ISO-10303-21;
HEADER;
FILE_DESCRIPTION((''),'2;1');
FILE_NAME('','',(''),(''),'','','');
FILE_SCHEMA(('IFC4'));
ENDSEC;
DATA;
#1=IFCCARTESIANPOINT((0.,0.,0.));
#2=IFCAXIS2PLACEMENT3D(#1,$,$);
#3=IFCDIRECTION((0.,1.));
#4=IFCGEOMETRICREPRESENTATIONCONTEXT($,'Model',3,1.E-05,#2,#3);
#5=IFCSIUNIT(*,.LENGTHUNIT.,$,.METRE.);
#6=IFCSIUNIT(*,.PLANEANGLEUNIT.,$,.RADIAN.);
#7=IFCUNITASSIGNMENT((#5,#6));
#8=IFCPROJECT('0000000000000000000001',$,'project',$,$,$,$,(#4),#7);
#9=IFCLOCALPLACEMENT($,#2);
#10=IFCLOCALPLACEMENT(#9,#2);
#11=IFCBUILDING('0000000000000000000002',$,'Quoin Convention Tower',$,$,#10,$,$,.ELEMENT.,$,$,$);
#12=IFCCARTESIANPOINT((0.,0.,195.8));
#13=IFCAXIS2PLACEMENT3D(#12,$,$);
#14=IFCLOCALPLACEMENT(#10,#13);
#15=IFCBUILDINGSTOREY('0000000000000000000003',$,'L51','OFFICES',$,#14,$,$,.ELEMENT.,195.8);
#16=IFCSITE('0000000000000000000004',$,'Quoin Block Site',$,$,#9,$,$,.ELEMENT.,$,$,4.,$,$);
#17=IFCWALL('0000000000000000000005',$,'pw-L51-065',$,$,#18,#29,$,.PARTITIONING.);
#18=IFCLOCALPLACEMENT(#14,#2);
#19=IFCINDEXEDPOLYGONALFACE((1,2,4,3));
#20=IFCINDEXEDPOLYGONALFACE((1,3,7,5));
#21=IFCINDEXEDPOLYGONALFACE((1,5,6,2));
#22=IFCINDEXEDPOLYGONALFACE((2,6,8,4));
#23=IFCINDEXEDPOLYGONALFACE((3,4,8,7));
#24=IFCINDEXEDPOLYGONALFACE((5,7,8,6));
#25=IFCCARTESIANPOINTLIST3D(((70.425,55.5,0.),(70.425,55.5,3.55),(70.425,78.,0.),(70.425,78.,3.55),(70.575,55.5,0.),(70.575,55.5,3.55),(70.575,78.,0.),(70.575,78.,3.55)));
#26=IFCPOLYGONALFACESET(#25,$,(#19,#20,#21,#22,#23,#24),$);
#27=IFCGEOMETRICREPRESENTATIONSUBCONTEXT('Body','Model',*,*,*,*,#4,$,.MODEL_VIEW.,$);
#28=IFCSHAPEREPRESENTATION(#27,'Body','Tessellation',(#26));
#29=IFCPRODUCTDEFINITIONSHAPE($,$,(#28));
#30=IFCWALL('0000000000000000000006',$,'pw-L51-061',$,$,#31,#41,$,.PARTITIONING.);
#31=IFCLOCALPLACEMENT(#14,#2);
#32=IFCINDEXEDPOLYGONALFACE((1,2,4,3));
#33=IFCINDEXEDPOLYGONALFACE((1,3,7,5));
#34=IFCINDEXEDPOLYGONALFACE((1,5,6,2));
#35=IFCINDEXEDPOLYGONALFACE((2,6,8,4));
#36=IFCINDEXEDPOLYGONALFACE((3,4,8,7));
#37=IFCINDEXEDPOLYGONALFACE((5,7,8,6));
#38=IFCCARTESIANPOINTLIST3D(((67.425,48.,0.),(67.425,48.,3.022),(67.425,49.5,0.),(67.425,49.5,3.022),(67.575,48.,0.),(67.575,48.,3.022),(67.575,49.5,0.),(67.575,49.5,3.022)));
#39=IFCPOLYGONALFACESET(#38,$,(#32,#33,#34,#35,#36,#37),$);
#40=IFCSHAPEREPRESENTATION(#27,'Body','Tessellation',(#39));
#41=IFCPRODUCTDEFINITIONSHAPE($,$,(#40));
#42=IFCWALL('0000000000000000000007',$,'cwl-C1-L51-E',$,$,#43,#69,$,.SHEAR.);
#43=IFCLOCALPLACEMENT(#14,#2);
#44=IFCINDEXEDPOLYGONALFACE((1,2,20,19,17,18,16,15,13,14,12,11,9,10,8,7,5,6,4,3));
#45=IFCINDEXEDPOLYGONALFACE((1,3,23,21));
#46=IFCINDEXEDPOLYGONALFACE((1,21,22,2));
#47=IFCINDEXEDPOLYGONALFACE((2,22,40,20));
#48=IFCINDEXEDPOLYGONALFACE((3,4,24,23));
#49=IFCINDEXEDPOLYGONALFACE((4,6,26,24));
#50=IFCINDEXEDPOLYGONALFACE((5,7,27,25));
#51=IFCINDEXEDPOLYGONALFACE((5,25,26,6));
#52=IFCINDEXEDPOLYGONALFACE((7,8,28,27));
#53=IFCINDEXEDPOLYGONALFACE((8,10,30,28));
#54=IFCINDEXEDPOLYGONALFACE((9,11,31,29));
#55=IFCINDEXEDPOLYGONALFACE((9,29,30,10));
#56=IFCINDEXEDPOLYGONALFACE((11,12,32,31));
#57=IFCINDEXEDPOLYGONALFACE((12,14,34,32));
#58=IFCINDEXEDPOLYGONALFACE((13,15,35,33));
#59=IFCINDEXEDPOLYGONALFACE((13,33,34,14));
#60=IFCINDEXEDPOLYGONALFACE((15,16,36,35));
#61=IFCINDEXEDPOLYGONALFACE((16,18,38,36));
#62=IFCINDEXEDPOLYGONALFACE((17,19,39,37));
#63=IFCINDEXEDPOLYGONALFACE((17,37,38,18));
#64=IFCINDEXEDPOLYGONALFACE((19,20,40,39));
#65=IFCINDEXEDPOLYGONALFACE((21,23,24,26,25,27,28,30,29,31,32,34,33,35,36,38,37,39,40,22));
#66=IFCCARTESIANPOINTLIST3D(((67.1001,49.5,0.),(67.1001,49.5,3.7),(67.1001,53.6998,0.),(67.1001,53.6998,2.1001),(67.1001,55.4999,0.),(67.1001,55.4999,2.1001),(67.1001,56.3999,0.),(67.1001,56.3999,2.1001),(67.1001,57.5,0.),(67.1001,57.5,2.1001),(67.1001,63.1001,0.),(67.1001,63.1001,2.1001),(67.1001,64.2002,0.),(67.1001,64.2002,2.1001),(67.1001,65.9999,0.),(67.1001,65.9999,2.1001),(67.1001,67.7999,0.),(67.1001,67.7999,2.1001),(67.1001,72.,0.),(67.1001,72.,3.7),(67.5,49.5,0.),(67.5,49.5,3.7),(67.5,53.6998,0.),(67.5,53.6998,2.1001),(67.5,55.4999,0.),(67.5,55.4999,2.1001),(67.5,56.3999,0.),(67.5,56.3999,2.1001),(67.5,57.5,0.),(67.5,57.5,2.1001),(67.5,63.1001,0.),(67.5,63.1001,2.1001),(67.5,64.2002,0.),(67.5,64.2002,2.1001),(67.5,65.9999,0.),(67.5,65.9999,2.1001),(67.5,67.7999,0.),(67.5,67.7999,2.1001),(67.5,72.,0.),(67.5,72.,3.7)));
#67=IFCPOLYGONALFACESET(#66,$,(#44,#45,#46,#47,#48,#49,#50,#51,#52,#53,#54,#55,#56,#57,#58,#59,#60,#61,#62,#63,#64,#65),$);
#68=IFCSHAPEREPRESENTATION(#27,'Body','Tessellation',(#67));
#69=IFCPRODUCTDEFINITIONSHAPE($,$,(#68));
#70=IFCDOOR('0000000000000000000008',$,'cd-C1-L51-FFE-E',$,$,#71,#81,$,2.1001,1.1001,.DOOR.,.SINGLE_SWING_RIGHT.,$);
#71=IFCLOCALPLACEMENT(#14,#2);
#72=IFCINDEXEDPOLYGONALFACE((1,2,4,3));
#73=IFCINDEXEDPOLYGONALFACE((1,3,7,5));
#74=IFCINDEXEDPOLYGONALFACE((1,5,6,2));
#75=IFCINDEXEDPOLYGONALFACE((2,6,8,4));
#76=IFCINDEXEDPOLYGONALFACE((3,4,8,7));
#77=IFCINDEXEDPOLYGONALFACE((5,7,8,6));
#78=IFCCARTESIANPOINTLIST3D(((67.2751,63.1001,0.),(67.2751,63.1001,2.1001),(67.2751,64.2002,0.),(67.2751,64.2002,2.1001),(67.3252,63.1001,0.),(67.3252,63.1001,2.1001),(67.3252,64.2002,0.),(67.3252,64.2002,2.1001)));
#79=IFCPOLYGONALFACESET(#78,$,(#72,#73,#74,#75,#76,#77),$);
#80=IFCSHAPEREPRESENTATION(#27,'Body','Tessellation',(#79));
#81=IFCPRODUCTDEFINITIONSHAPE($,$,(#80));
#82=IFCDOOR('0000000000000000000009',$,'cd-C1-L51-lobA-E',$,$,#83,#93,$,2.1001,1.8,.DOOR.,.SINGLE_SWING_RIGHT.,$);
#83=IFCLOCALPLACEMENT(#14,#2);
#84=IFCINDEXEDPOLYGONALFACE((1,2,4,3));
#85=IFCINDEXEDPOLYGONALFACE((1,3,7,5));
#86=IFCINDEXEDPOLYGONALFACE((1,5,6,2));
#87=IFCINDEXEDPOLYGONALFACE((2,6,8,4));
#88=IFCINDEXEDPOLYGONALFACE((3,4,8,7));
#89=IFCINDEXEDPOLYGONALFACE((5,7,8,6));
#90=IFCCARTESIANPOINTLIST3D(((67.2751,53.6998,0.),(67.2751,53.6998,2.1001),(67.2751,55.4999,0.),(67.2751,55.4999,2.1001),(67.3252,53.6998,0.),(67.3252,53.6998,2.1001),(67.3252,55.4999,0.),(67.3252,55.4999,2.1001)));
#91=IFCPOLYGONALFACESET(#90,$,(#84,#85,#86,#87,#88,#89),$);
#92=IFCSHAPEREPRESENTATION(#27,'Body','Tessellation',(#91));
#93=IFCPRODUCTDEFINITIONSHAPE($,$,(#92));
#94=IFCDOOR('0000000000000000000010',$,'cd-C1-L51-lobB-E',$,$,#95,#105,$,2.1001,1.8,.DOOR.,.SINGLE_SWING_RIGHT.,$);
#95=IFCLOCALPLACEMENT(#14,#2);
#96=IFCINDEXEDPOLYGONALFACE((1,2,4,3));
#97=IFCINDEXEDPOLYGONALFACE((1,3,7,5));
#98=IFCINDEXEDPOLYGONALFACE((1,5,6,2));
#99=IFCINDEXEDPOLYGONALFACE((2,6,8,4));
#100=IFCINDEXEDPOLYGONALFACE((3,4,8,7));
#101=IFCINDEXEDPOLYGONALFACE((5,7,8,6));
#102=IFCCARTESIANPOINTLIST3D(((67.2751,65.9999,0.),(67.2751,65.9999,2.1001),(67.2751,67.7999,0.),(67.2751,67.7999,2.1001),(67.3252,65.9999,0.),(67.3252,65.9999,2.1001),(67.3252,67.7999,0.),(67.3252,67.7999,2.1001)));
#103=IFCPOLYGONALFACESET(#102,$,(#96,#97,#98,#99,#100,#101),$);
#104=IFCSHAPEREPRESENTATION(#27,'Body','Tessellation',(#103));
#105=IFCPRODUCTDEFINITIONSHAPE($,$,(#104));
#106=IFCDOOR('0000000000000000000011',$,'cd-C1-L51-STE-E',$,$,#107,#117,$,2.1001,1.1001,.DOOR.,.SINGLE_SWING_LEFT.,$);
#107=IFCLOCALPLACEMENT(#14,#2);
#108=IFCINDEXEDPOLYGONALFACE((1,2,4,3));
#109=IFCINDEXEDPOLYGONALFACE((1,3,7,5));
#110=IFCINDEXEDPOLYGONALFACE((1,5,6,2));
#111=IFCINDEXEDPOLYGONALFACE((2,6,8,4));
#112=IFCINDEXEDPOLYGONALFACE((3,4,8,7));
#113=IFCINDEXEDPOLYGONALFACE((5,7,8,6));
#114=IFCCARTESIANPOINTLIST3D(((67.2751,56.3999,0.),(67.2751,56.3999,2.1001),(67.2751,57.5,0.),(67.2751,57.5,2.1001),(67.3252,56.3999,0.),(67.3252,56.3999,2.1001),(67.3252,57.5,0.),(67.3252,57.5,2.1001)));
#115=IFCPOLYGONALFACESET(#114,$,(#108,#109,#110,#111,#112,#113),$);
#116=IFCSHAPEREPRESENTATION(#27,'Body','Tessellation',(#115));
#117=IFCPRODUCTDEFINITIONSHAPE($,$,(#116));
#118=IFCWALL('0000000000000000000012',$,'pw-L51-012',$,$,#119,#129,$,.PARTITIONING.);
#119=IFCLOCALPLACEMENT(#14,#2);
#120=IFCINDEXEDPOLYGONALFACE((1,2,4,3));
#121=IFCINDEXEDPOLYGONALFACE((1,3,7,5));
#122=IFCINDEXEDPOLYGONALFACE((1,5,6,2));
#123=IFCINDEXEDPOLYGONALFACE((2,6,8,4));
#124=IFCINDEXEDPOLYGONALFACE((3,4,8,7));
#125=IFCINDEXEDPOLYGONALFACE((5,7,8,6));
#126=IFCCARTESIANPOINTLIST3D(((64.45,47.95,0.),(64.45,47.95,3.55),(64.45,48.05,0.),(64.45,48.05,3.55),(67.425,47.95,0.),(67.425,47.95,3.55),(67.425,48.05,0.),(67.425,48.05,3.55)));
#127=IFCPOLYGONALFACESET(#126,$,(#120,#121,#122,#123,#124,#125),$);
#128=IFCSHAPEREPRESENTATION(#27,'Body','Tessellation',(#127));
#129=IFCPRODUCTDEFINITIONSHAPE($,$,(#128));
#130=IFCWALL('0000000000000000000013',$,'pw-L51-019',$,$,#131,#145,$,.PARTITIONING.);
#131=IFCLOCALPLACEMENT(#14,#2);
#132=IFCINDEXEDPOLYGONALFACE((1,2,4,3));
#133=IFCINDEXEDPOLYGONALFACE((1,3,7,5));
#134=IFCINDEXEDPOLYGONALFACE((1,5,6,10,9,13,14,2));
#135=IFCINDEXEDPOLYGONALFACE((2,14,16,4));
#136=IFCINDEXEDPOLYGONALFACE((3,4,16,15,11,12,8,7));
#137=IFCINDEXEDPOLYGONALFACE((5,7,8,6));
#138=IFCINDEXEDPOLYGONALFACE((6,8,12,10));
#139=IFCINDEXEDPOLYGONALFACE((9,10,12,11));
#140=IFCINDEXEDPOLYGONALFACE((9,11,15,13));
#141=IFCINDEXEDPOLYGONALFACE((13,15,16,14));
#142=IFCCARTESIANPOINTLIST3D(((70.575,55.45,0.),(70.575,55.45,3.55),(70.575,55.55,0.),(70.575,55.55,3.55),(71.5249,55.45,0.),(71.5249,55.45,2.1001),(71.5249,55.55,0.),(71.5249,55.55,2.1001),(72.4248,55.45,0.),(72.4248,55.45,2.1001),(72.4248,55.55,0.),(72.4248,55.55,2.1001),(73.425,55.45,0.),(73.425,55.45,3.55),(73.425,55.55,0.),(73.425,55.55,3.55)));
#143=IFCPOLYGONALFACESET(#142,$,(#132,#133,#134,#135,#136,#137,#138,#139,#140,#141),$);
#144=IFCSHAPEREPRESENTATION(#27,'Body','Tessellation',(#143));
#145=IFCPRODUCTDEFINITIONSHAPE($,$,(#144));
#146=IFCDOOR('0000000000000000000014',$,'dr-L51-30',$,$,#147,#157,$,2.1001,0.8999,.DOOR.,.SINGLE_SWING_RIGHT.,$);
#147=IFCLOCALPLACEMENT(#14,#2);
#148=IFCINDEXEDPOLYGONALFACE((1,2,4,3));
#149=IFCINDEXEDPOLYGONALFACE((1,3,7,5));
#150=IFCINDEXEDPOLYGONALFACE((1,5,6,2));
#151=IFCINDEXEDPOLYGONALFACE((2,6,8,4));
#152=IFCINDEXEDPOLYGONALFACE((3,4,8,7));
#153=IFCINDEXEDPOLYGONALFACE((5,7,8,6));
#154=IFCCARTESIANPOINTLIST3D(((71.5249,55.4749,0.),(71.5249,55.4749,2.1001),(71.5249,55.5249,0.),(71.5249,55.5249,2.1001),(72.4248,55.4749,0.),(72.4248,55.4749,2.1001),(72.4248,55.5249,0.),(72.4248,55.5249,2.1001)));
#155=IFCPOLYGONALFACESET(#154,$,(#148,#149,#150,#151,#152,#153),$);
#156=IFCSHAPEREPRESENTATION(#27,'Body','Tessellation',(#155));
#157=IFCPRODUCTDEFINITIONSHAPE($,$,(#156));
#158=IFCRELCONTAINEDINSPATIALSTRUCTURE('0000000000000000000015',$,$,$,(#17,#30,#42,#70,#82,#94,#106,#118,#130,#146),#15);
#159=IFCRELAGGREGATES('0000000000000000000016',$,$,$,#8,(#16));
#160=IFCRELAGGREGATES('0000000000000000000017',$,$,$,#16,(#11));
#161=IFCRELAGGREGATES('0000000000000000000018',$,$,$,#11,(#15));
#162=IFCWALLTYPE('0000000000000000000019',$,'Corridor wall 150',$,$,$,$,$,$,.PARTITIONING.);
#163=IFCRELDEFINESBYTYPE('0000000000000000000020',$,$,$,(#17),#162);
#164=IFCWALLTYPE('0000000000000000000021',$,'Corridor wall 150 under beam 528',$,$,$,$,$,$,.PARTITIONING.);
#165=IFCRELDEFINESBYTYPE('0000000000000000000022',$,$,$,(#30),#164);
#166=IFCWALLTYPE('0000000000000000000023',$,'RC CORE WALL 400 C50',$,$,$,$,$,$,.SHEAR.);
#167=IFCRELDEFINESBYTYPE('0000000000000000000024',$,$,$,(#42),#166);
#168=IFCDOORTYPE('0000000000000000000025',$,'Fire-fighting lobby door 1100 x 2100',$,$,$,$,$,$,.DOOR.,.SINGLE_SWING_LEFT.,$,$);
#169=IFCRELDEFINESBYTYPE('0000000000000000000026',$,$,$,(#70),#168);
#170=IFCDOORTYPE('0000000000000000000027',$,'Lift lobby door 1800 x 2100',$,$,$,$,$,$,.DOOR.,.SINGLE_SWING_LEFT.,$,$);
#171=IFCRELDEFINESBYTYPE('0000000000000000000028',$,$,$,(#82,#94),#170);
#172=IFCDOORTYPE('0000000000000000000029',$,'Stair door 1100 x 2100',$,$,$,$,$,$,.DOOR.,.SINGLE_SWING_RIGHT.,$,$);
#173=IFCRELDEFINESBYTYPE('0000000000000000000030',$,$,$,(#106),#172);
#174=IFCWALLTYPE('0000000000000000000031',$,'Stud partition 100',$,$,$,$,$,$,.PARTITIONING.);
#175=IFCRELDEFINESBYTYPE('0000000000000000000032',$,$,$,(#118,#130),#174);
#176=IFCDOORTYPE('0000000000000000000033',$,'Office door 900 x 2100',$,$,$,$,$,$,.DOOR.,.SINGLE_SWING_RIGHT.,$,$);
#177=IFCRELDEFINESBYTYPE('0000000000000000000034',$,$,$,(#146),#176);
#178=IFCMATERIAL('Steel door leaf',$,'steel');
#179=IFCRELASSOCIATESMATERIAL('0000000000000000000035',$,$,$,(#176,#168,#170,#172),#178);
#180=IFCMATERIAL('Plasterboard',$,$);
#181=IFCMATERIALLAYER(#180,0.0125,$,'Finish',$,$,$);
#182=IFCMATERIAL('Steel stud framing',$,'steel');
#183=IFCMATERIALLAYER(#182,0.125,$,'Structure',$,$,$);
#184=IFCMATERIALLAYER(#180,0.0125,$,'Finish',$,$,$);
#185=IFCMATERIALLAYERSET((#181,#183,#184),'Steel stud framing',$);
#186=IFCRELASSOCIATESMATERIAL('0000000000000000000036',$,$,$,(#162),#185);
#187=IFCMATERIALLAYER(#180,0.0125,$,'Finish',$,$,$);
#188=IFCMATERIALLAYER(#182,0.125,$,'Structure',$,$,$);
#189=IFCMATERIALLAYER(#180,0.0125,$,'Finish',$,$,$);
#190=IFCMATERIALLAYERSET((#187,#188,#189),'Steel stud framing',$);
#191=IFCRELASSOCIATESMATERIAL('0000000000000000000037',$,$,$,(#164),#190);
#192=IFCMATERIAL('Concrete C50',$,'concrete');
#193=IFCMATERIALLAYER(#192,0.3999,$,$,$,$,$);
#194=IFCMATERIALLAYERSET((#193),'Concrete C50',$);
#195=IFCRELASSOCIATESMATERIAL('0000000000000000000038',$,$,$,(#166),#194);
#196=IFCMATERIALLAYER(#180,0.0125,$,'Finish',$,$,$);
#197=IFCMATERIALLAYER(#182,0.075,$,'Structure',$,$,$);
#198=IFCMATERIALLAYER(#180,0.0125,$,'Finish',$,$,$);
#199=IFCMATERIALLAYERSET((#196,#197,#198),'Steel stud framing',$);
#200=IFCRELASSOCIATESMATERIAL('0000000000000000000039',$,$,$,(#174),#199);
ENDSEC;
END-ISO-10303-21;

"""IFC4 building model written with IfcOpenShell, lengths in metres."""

from ifc_helpers import new_model, si_unit, direction, frame, frame_2d, origin, place, context, subcontext, project, spatial, rectangle, extrude, material, layer, layer_set, type_object, element, fill, save


model = new_model("IFC4")

# Units and contexts
model_context = context("Model", 3, precision=1e-05, world=origin(), true_north=direction((0.0, 1.0)))
body_context = subcontext(model_context, "Body", "Model", "MODEL_VIEW")
ifc_project = project(units=[si_unit("LENGTHUNIT", "METRE"), si_unit("PLANEANGLEUNIT", "RADIAN")], contexts=[model_context])

# Site, building, storey
site_placement = place(None, origin())
site = spatial("IfcSite", under=ifc_project, at=site_placement, Name="Quoin Block Site", CompositionType="ELEMENT", RefElevation=4.0)
building_placement = place(site_placement, origin())
building = spatial("IfcBuilding", under=site, at=building_placement, Name="Quoin Convention Tower", CompositionType="ELEMENT")
storey_placement = place(building_placement, frame((0.0, 0.0, 195.8)))
storey = spatial("IfcBuildingStorey", under=building, at=storey_placement, Name="L51", Description="OFFICES", CompositionType="ELEMENT", Elevation=195.8)

# Shared definitions
ifc_material_1 = material(Name="Concrete C50", Category="concrete")

# Shared definitions
ifc_material_2 = material(Name="Plasterboard")
ifc_material_3 = material(Name="Steel stud framing", Category="steel")
ifc_material_4 = material(Name="Steel door leaf", Category="steel")
door_type_1 = type_object("IfcDoorType", Name="Office door 900 x 2100", OperationType="SINGLE_SWING_RIGHT", PredefinedType="DOOR", material=ifc_material_4)

# Shared definitions
ifc_layer_1 = layer(ifc_material_2, 0.0125, Name="Finish")
ifc_layer_2 = layer(ifc_material_3, 0.125, Name="Structure")
ifc_layer_3 = layer(ifc_material_2, 0.0125, Name="Finish")
ifc_layer_set_1 = layer_set([ifc_layer_1, ifc_layer_2, ifc_layer_3], Name="Steel stud framing")
wall_type_1 = type_object("IfcWallType", Name="Corridor wall 150", PredefinedType="PARTITIONING", material=ifc_layer_set_1)

# Walls
wall_1_placement = place(storey_placement, frame((70.5, 55.5, 0.0), z_axis=(0.0, 0.0, 1.0), x_axis=(0.0, 1.0, 0.0)))
element("IfcWall", 1, at=wall_1_placement, inside=storey, type_object=wall_type_1, Name="pw-L51-065", PredefinedType="PARTITIONING", context=body_context, shape_type="SweptSolid", body=[
    extrude(rectangle(XDim=22.5, YDim=0.1499, at=frame_2d((11.25, 0.0))), origin(), (0.0, 0.0, 1.0), 3.55),
])
ifc_layer_4 = layer(ifc_material_2, 0.0125, Name="Finish")
ifc_layer_5 = layer(ifc_material_3, 0.125, Name="Structure")
ifc_layer_6 = layer(ifc_material_2, 0.0125, Name="Finish")
ifc_layer_set_2 = layer_set([ifc_layer_4, ifc_layer_5, ifc_layer_6], Name="Steel stud framing")
wall_type_2 = type_object("IfcWallType", Name="Corridor wall 150 under beam 528", PredefinedType="PARTITIONING", material=ifc_layer_set_2)
wall_2_placement = place(storey_placement, frame((67.5, 48.0, 0.0), z_axis=(0.0, 0.0, 1.0), x_axis=(0.0, 1.0, 0.0)))
element("IfcWall", 2, at=wall_2_placement, inside=storey, type_object=wall_type_2, Name="pw-L51-061", PredefinedType="PARTITIONING", context=body_context, shape_type="SweptSolid", body=[
    extrude(rectangle(XDim=1.5, YDim=0.1499, at=frame_2d((0.75, 0.0))), origin(), (0.0, 0.0, 1.0), 3.022),
])

# Wall, openings, doors
ifc_layer_7 = layer(ifc_material_1, 0.3999)
ifc_layer_set_3 = layer_set([ifc_layer_7], Name="Concrete C50")
wall_type_3 = type_object("IfcWallType", Name="RC CORE WALL 400 C50", PredefinedType="SHEAR", material=ifc_layer_set_3)
wall_3_placement = place(storey_placement, frame((67.3, 49.5, 0.0), z_axis=(0.0, 0.0, 1.0), x_axis=(0.0, 1.0, 0.0)))
wall_3 = element("IfcWall", 3, at=wall_3_placement, inside=storey, type_object=wall_type_3, Name="cwl-C1-L51-E", PredefinedType="SHEAR", context=body_context, shape_type="SweptSolid", body=[
    extrude(rectangle(XDim=22.5, YDim=0.3999, at=frame_2d((11.25, 0.0))), origin(), (0.0, 0.0, 1.0), 3.7),
])
opening_1_placement = place(wall_3_placement, frame((4.2, 0.0, 0.0)))
opening_1 = element("IfcOpeningElement", 4, at=opening_1_placement, cuts=wall_3, PredefinedType="OPENING", context=body_context, shape_type="SweptSolid", body=[
    extrude(rectangle(XDim=1.8, YDim=2.1001, at=frame_2d((0.8999, 1.05))), frame((0.0, 0.21, 0.0), z_axis=(0.0, -1.0, 0.0), x_axis=(1.0, 0.0, 0.0)), (0.0, 0.0, 1.0), 0.4199),
])
opening_2_placement = place(wall_3_placement, frame((6.8999, 0.0, 0.0)))
opening_2 = element("IfcOpeningElement", 5, at=opening_2_placement, cuts=wall_3, PredefinedType="OPENING", context=body_context, shape_type="SweptSolid", body=[
    extrude(rectangle(XDim=1.1001, YDim=2.1001, at=frame_2d((0.55, 1.05))), frame((0.0, 0.21, 0.0), z_axis=(0.0, -1.0, 0.0), x_axis=(1.0, 0.0, 0.0)), (0.0, 0.0, 1.0), 0.4199),
])
opening_3_placement = place(wall_3_placement, frame((13.6001, 0.0, 0.0)))
opening_3 = element("IfcOpeningElement", 6, at=opening_3_placement, cuts=wall_3, PredefinedType="OPENING", context=body_context, shape_type="SweptSolid", body=[
    extrude(rectangle(XDim=1.1001, YDim=2.1001, at=frame_2d((0.55, 1.05))), frame((0.0, 0.21, 0.0), z_axis=(0.0, -1.0, 0.0), x_axis=(1.0, 0.0, 0.0)), (0.0, 0.0, 1.0), 0.4199),
])
opening_4_placement = place(wall_3_placement, frame((16.5, 0.0, 0.0)))
opening_4 = element("IfcOpeningElement", 7, at=opening_4_placement, cuts=wall_3, PredefinedType="OPENING", context=body_context, shape_type="SweptSolid", body=[
    extrude(rectangle(XDim=1.8, YDim=2.1001, at=frame_2d((0.8999, 1.05))), frame((0.0, 0.21, 0.0), z_axis=(0.0, -1.0, 0.0), x_axis=(1.0, 0.0, 0.0)), (0.0, 0.0, 1.0), 0.4199),
])
door_type_2 = type_object("IfcDoorType", Name="Fire-fighting lobby door 1100 x 2100", OperationType="SINGLE_SWING_LEFT", PredefinedType="DOOR", material=ifc_material_4)
door_1_placement = place(opening_3_placement, origin())
door_1 = element("IfcDoor", 8, at=door_1_placement, inside=storey, type_object=door_type_2, Name="cd-C1-L51-FFE-E", OperationType="SINGLE_SWING_RIGHT", OverallHeight=2.1001, OverallWidth=1.1001, PredefinedType="DOOR", context=body_context, shape_type="SweptSolid", body=[
    extrude(rectangle(XDim=1.1001, YDim=2.1001, at=frame_2d((0.55, 1.05))), frame((0.0, 0.0249, 0.0), z_axis=(0.0, -1.0, 0.0), x_axis=(1.0, 0.0, 0.0)), (0.0, 0.0, 1.0), 0.05),
])
fill(opening_3, door_1)
door_type_3 = type_object("IfcDoorType", Name="Lift lobby door 1800 x 2100", OperationType="SINGLE_SWING_LEFT", PredefinedType="DOOR", material=ifc_material_4)
door_2_placement = place(opening_1_placement, origin())
door_2 = element("IfcDoor", 9, at=door_2_placement, inside=storey, type_object=door_type_3, Name="cd-C1-L51-lobA-E", OperationType="SINGLE_SWING_RIGHT", OverallHeight=2.1001, OverallWidth=1.8, PredefinedType="DOOR", context=body_context, shape_type="SweptSolid", body=[
    extrude(rectangle(XDim=1.8, YDim=2.1001, at=frame_2d((0.8999, 1.05))), frame((0.0, 0.0249, 0.0), z_axis=(0.0, -1.0, 0.0), x_axis=(1.0, 0.0, 0.0)), (0.0, 0.0, 1.0), 0.05),
])
fill(opening_1, door_2)
door_3_placement = place(opening_4_placement, origin())
door_3 = element("IfcDoor", 10, at=door_3_placement, inside=storey, type_object=door_type_3, Name="cd-C1-L51-lobB-E", OperationType="SINGLE_SWING_RIGHT", OverallHeight=2.1001, OverallWidth=1.8, PredefinedType="DOOR", context=body_context, shape_type="SweptSolid", body=[
    extrude(rectangle(XDim=1.8, YDim=2.1001, at=frame_2d((0.8999, 1.05))), frame((0.0, 0.0249, 0.0), z_axis=(0.0, -1.0, 0.0), x_axis=(1.0, 0.0, 0.0)), (0.0, 0.0, 1.0), 0.05),
])
fill(opening_4, door_3)
door_type_4 = type_object("IfcDoorType", Name="Stair door 1100 x 2100", OperationType="SINGLE_SWING_RIGHT", PredefinedType="DOOR", material=ifc_material_4)
door_4_placement = place(opening_2_placement, origin())
door_4 = element("IfcDoor", 11, at=door_4_placement, inside=storey, type_object=door_type_4, Name="cd-C1-L51-STE-E", OperationType="SINGLE_SWING_LEFT", OverallHeight=2.1001, OverallWidth=1.1001, PredefinedType="DOOR", context=body_context, shape_type="SweptSolid", body=[
    extrude(rectangle(XDim=1.1001, YDim=2.1001, at=frame_2d((0.55, 1.05))), frame((0.0, 0.0249, 0.0), z_axis=(0.0, -1.0, 0.0), x_axis=(1.0, 0.0, 0.0)), (0.0, 0.0, 1.0), 0.05),
])
fill(opening_2, door_4)

# Wall
ifc_layer_8 = layer(ifc_material_2, 0.0125, Name="Finish")
ifc_layer_9 = layer(ifc_material_3, 0.075, Name="Structure")
ifc_layer_10 = layer(ifc_material_2, 0.0125, Name="Finish")
ifc_layer_set_4 = layer_set([ifc_layer_8, ifc_layer_9, ifc_layer_10], Name="Steel stud framing")
wall_type_4 = type_object("IfcWallType", Name="Stud partition 100", PredefinedType="PARTITIONING", material=ifc_layer_set_4)
wall_4_placement = place(storey_placement, frame((64.45, 48.0, 0.0), z_axis=(0.0, 0.0, 1.0), x_axis=(1.0, 0.0, 0.0)))
element("IfcWall", 12, at=wall_4_placement, inside=storey, type_object=wall_type_4, Name="pw-L51-012", PredefinedType="PARTITIONING", context=body_context, shape_type="SweptSolid", body=[
    extrude(rectangle(XDim=2.9751, YDim=0.1001, at=frame_2d((1.4875, 0.0))), origin(), (0.0, 0.0, 1.0), 3.55),
])

# Wall, opening, door
wall_5_placement = place(storey_placement, frame((70.575, 55.5, 0.0), z_axis=(0.0, 0.0, 1.0), x_axis=(1.0, 0.0, 0.0)))
wall_5 = element("IfcWall", 13, at=wall_5_placement, inside=storey, type_object=wall_type_4, Name="pw-L51-019", PredefinedType="PARTITIONING", context=body_context, shape_type="SweptSolid", body=[
    extrude(rectangle(XDim=2.8501, YDim=0.1001, at=frame_2d((1.425, 0.0))), origin(), (0.0, 0.0, 1.0), 3.55),
])
opening_5_placement = place(wall_5_placement, frame((0.95, 0.0, 0.0)))
opening_5 = element("IfcOpeningElement", 14, at=opening_5_placement, cuts=wall_5, PredefinedType="OPENING", context=body_context, shape_type="SweptSolid", body=[
    extrude(rectangle(XDim=0.8999, YDim=2.1001, at=frame_2d((0.45, 1.05))), frame((0.0, 0.0601, 0.0), z_axis=(0.0, -1.0, 0.0), x_axis=(1.0, 0.0, 0.0)), (0.0, 0.0, 1.0), 0.1201),
])
door_5_placement = place(opening_5_placement, origin())
door_5 = element("IfcDoor", 15, at=door_5_placement, inside=storey, type_object=door_type_1, Name="dr-L51-30", OperationType="SINGLE_SWING_RIGHT", OverallHeight=2.1001, OverallWidth=0.8999, PredefinedType="DOOR", context=body_context, shape_type="SweptSolid", body=[
    extrude(rectangle(XDim=0.8999, YDim=2.1001, at=frame_2d((0.45, 1.05))), frame((0.0, 0.0249, 0.0), z_axis=(0.0, -1.0, 0.0), x_axis=(1.0, 0.0, 0.0)), (0.0, 0.0, 1.0), 0.05),
])
fill(opening_5, door_5)

save(model, "model.ifc")
